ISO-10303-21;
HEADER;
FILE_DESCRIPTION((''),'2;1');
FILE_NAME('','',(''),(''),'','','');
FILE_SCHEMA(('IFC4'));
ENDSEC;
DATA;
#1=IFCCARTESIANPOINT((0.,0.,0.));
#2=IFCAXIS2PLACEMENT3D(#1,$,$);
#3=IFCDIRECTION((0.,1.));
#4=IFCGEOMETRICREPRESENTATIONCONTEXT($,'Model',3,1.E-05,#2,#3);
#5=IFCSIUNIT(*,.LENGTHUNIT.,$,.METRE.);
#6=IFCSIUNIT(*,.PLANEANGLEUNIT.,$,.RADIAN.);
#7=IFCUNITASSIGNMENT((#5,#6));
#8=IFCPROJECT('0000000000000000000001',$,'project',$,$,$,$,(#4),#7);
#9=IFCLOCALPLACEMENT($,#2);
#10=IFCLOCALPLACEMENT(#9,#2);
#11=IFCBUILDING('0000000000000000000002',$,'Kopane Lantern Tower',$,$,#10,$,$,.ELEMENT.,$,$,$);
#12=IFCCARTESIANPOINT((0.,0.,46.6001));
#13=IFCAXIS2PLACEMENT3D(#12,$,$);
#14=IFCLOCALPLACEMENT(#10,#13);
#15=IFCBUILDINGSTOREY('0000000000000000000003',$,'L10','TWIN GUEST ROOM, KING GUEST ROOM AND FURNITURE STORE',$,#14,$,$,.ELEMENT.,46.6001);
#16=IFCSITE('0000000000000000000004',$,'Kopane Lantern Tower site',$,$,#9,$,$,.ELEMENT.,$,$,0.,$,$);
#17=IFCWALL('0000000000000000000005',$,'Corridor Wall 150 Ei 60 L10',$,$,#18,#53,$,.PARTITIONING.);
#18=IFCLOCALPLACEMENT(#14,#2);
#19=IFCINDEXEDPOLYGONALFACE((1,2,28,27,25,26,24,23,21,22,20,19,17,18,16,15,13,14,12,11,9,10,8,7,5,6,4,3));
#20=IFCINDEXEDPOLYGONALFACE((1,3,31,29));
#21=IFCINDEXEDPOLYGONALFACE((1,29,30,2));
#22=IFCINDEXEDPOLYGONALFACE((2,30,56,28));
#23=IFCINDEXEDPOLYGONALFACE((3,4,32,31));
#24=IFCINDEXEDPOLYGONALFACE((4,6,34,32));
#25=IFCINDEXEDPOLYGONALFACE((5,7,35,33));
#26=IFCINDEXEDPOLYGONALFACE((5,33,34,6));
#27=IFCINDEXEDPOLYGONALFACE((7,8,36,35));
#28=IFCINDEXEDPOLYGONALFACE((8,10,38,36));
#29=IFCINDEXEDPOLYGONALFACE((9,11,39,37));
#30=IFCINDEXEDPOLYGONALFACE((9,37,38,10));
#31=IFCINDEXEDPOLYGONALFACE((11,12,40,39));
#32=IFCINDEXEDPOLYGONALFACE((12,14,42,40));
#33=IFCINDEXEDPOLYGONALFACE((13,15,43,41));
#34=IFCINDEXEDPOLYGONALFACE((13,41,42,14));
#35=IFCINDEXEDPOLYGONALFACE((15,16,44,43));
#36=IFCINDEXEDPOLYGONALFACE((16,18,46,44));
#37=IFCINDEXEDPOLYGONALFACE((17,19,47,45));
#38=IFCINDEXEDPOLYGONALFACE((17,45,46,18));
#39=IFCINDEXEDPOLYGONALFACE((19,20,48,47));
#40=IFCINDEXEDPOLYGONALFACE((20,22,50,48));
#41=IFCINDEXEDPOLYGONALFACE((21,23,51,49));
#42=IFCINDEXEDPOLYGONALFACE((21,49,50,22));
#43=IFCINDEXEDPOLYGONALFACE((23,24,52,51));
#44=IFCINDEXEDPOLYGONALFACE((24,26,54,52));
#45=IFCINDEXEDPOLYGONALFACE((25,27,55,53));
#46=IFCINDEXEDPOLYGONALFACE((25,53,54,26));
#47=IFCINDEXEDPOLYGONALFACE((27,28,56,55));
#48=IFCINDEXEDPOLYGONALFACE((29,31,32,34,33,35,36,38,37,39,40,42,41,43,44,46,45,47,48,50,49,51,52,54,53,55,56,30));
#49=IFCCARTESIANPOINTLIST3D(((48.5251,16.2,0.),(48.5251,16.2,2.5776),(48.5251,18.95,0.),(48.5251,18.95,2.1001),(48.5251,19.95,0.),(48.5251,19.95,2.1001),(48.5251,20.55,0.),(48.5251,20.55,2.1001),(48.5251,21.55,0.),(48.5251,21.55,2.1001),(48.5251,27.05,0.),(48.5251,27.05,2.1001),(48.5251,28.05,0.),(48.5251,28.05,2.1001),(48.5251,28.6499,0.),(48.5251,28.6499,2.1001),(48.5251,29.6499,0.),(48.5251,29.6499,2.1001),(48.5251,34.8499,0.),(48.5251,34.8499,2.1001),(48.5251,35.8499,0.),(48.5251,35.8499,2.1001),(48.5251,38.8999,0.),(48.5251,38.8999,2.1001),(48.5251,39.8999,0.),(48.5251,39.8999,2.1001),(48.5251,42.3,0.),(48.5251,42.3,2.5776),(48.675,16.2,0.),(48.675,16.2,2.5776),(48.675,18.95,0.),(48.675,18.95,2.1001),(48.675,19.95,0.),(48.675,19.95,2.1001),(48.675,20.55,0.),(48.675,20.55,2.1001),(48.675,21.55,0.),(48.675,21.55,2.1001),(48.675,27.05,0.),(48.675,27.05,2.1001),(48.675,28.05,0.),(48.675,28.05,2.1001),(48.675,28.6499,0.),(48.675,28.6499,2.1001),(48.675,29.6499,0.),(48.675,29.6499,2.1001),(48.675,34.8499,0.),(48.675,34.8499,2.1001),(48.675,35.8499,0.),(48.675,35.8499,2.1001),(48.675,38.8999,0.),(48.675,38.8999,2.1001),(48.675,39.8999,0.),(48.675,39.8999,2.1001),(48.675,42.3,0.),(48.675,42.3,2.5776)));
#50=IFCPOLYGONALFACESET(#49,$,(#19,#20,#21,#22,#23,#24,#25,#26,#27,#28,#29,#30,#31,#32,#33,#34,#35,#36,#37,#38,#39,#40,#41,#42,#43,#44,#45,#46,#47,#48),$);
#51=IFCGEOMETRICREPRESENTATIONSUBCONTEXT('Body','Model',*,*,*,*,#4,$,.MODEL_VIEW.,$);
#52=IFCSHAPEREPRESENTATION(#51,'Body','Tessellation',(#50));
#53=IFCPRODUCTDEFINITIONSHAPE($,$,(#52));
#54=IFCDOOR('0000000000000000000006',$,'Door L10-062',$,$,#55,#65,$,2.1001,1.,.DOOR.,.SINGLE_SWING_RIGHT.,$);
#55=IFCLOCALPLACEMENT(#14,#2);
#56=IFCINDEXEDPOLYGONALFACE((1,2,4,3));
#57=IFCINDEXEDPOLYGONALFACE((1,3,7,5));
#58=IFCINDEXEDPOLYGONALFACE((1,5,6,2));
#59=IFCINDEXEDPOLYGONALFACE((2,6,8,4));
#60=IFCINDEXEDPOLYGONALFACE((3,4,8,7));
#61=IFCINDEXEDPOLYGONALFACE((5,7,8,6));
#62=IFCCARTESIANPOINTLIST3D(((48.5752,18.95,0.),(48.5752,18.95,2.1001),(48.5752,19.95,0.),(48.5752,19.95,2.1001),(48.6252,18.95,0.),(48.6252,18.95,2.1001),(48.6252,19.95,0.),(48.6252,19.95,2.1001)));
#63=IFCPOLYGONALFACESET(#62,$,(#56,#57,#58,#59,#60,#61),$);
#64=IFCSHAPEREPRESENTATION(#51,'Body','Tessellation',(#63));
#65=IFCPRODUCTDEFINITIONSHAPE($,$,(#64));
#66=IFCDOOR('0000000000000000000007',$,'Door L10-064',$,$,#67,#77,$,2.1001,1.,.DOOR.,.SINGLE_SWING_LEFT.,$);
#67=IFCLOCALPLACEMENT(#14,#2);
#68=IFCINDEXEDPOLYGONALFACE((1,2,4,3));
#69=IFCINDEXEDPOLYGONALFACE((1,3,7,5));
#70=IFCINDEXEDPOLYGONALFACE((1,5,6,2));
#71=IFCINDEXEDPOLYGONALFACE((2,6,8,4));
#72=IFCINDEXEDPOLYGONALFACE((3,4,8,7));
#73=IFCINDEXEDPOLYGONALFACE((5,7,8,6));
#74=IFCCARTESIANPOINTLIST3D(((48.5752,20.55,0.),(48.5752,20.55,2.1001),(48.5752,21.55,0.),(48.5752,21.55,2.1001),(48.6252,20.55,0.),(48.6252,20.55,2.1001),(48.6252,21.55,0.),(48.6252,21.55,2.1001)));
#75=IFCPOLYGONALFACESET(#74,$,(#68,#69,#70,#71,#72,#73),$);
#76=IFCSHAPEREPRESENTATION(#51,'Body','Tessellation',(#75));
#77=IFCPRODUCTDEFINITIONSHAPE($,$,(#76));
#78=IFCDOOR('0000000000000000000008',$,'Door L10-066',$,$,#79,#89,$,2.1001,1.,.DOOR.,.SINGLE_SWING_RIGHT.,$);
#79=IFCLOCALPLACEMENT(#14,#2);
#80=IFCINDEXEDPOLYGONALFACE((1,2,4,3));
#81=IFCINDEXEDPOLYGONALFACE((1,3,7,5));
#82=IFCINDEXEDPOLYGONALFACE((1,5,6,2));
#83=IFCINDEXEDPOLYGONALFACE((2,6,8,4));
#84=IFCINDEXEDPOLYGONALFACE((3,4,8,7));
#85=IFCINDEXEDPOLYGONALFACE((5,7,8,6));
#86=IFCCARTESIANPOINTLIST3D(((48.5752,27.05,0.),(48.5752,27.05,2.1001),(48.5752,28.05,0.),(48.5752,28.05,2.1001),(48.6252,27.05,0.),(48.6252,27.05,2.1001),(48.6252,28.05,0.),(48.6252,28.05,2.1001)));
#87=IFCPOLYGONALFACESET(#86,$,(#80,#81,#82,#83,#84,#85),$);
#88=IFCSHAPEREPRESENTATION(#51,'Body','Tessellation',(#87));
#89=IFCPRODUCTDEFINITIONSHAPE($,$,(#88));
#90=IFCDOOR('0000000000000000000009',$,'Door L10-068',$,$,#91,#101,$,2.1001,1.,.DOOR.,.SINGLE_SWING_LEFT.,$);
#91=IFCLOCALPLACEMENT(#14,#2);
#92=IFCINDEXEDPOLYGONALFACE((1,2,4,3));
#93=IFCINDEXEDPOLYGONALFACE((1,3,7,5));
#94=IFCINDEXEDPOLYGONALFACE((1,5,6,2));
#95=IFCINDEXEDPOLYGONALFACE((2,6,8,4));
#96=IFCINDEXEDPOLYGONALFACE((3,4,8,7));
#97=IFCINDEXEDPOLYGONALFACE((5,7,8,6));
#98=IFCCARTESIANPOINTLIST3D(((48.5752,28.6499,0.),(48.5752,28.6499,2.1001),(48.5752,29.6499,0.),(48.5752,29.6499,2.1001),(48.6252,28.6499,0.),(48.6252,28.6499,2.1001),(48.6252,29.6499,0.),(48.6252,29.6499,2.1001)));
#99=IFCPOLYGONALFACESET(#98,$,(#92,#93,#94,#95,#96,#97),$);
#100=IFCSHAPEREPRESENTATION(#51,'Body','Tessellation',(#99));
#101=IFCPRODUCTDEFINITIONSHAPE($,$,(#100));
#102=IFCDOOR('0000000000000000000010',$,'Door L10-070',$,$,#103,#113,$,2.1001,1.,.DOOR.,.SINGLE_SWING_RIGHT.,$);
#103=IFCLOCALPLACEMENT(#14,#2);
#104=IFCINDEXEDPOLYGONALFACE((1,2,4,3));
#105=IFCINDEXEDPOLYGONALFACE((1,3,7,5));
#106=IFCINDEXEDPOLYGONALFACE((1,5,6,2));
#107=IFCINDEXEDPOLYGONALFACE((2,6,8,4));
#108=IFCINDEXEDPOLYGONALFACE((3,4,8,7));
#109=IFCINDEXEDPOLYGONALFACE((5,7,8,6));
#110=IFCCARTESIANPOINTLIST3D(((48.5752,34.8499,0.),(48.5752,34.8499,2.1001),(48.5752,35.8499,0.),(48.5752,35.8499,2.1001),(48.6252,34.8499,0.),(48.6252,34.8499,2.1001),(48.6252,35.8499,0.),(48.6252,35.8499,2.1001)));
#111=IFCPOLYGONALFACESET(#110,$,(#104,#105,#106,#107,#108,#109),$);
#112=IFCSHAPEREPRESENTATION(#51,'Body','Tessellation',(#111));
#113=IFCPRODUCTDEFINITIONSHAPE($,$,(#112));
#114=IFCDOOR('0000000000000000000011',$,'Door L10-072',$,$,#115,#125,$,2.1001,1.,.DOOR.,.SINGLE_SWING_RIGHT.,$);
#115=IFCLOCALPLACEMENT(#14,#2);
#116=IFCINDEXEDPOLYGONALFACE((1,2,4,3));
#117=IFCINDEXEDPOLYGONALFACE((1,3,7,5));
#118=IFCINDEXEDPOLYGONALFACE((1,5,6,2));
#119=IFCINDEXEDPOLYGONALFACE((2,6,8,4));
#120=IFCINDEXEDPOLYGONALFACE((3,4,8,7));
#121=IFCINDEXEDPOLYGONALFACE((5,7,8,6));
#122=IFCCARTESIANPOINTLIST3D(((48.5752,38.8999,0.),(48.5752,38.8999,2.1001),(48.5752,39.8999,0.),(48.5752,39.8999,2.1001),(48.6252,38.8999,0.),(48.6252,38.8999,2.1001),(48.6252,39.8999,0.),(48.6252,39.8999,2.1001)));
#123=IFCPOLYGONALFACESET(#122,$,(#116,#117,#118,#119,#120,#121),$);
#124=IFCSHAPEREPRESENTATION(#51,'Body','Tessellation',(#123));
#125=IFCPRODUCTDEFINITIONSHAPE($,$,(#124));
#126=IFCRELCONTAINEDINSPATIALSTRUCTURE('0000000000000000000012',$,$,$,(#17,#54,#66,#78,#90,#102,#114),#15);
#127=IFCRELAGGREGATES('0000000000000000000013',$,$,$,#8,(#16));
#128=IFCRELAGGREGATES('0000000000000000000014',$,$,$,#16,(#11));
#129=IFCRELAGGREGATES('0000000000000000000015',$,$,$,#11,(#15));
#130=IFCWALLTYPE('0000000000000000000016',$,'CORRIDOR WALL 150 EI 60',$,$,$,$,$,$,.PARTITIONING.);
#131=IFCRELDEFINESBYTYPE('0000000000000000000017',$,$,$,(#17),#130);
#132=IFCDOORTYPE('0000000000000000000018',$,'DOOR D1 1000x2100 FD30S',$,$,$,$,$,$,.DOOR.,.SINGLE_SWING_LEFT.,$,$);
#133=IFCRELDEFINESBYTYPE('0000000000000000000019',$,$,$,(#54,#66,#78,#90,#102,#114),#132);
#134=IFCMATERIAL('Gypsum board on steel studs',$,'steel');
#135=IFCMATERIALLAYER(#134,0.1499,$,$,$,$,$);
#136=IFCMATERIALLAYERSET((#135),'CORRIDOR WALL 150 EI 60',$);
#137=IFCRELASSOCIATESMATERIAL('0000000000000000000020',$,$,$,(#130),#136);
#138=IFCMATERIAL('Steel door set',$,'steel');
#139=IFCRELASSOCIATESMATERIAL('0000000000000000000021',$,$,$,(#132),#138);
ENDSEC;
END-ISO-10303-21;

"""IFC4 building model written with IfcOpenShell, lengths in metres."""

from ifc_helpers import new_model, si_unit, direction, frame, frame_2d, origin, place, context, subcontext, project, spatial, rectangle, extrude, material, layer, layer_set, type_object, element, fill, save


model = new_model("IFC4")

# Units and contexts
model_context = context("Model", 3, precision=1e-05, world=origin(), true_north=direction((0.0, 1.0)))
body_context = subcontext(model_context, "Body", "Model", "MODEL_VIEW")
ifc_project = project(units=[si_unit("LENGTHUNIT", "METRE"), si_unit("PLANEANGLEUNIT", "RADIAN")], contexts=[model_context])

# Site, building, storey
site_placement = place(None, origin())
site = spatial("IfcSite", under=ifc_project, at=site_placement, Name="Kopane Lantern Tower site", CompositionType="ELEMENT", RefElevation=0.0)
building_placement = place(site_placement, origin())
building = spatial("IfcBuilding", under=site, at=building_placement, Name="Kopane Lantern Tower", CompositionType="ELEMENT")
storey_placement = place(building_placement, frame((0.0, 0.0, 46.6001)))
storey = spatial("IfcBuildingStorey", under=building, at=storey_placement, Name="L10", Description="TWIN GUEST ROOM, KING GUEST ROOM AND FURNITURE STORE", CompositionType="ELEMENT", Elevation=46.6001)

# Wall, openings, doors
ifc_material_1 = material(Name="Gypsum board on steel studs", Category="steel")
ifc_layer_1 = layer(ifc_material_1, 0.1499)
ifc_layer_set_1 = layer_set([ifc_layer_1], Name="CORRIDOR WALL 150 EI 60")
wall_type_1 = type_object("IfcWallType", Name="CORRIDOR WALL 150 EI 60", PredefinedType="PARTITIONING", material=ifc_layer_set_1)
wall_1_placement = place(storey_placement, frame((48.6001, 16.2, 0.0), z_axis=(0.0, 0.0, 1.0), x_axis=(0.0, 1.0, 0.0)))
wall_1 = element("IfcWall", 1, at=wall_1_placement, inside=storey, type_object=wall_type_1, Name="Corridor Wall 150 Ei 60 L10", PredefinedType="PARTITIONING", context=body_context, shape_type="SweptSolid", body=[
    extrude(rectangle(XDim=26.1001, YDim=0.1499, at=frame_2d((13.05, 0.0))), origin(), (0.0, 0.0, 1.0), 2.5776),
])
opening_1_placement = place(wall_1_placement, frame((2.75, 0.0, 0.0)))
opening_1 = element("IfcOpeningElement", 2, at=opening_1_placement, cuts=wall_1, PredefinedType="OPENING", context=body_context, shape_type="SweptSolid", body=[
    extrude(rectangle(XDim=1.0, YDim=2.1001, at=frame_2d((0.5, 1.05))), frame((0.0, 0.085, 0.0), z_axis=(0.0, -1.0, 0.0), x_axis=(1.0, 0.0, 0.0)), (0.0, 0.0, 1.0), 0.1699),
])
opening_2_placement = place(wall_1_placement, frame((4.3501, 0.0, 0.0)))
opening_2 = element("IfcOpeningElement", 3, at=opening_2_placement, cuts=wall_1, PredefinedType="OPENING", context=body_context, shape_type="SweptSolid", body=[
    extrude(rectangle(XDim=1.0, YDim=2.1001, at=frame_2d((0.5, 1.05))), frame((0.0, 0.085, 0.0), z_axis=(0.0, -1.0, 0.0), x_axis=(1.0, 0.0, 0.0)), (0.0, 0.0, 1.0), 0.1699),
])
opening_3_placement = place(wall_1_placement, frame((10.8501, 0.0, 0.0)))
opening_3 = element("IfcOpeningElement", 4, at=opening_3_placement, cuts=wall_1, PredefinedType="OPENING", context=body_context, shape_type="SweptSolid", body=[
    extrude(rectangle(XDim=1.0, YDim=2.1001, at=frame_2d((0.5, 1.05))), frame((0.0, 0.085, 0.0), z_axis=(0.0, -1.0, 0.0), x_axis=(1.0, 0.0, 0.0)), (0.0, 0.0, 1.0), 0.1699),
])
opening_4_placement = place(wall_1_placement, frame((12.45, 0.0, 0.0)))
opening_4 = element("IfcOpeningElement", 5, at=opening_4_placement, cuts=wall_1, PredefinedType="OPENING", context=body_context, shape_type="SweptSolid", body=[
    extrude(rectangle(XDim=1.0, YDim=2.1001, at=frame_2d((0.5, 1.05))), frame((0.0, 0.085, 0.0), z_axis=(0.0, -1.0, 0.0), x_axis=(1.0, 0.0, 0.0)), (0.0, 0.0, 1.0), 0.1699),
])
opening_5_placement = place(wall_1_placement, frame((18.6499, 0.0, 0.0)))
opening_5 = element("IfcOpeningElement", 6, at=opening_5_placement, cuts=wall_1, PredefinedType="OPENING", context=body_context, shape_type="SweptSolid", body=[
    extrude(rectangle(XDim=1.0, YDim=2.1001, at=frame_2d((0.5, 1.05))), frame((0.0, 0.085, 0.0), z_axis=(0.0, -1.0, 0.0), x_axis=(1.0, 0.0, 0.0)), (0.0, 0.0, 1.0), 0.1699),
])
opening_6_placement = place(wall_1_placement, frame((22.7, 0.0, 0.0)))
opening_6 = element("IfcOpeningElement", 7, at=opening_6_placement, cuts=wall_1, PredefinedType="OPENING", context=body_context, shape_type="SweptSolid", body=[
    extrude(rectangle(XDim=1.0, YDim=2.1001, at=frame_2d((0.5, 1.05))), frame((0.0, 0.085, 0.0), z_axis=(0.0, -1.0, 0.0), x_axis=(1.0, 0.0, 0.0)), (0.0, 0.0, 1.0), 0.1699),
])
ifc_material_2 = material(Name="Steel door set", Category="steel")
door_type_1 = type_object("IfcDoorType", Name="DOOR D1 1000x2100 FD30S", OperationType="SINGLE_SWING_LEFT", PredefinedType="DOOR", material=ifc_material_2)
door_1_placement = place(opening_1_placement, origin())
door_1 = element("IfcDoor", 8, at=door_1_placement, inside=storey, type_object=door_type_1, Name="Door L10-062", OperationType="SINGLE_SWING_RIGHT", OverallHeight=2.1001, OverallWidth=1.0, PredefinedType="DOOR", context=body_context, shape_type="SweptSolid", body=[
    extrude(rectangle(XDim=1.0, YDim=2.1001, at=frame_2d((0.5, 1.05))), frame((0.0, 0.0249, 0.0), z_axis=(0.0, -1.0, 0.0), x_axis=(1.0, 0.0, 0.0)), (0.0, 0.0, 1.0), 0.05),
])
fill(opening_1, door_1)
door_2_placement = place(opening_2_placement, origin())
door_2 = element("IfcDoor", 9, at=door_2_placement, inside=storey, type_object=door_type_1, Name="Door L10-064", OperationType="SINGLE_SWING_LEFT", OverallHeight=2.1001, OverallWidth=1.0, PredefinedType="DOOR", context=body_context, shape_type="SweptSolid", body=[
    extrude(rectangle(XDim=1.0, YDim=2.1001, at=frame_2d((0.5, 1.05))), frame((0.0, 0.0249, 0.0), z_axis=(0.0, -1.0, 0.0), x_axis=(1.0, 0.0, 0.0)), (0.0, 0.0, 1.0), 0.05),
])
fill(opening_2, door_2)
door_3_placement = place(opening_3_placement, origin())
door_3 = element("IfcDoor", 10, at=door_3_placement, inside=storey, type_object=door_type_1, Name="Door L10-066", OperationType="SINGLE_SWING_RIGHT", OverallHeight=2.1001, OverallWidth=1.0, PredefinedType="DOOR", context=body_context, shape_type="SweptSolid", body=[
    extrude(rectangle(XDim=1.0, YDim=2.1001, at=frame_2d((0.5, 1.05))), frame((0.0, 0.0249, 0.0), z_axis=(0.0, -1.0, 0.0), x_axis=(1.0, 0.0, 0.0)), (0.0, 0.0, 1.0), 0.05),
])
fill(opening_3, door_3)
door_4_placement = place(opening_4_placement, origin())
door_4 = element("IfcDoor", 11, at=door_4_placement, inside=storey, type_object=door_type_1, Name="Door L10-068", OperationType="SINGLE_SWING_LEFT", OverallHeight=2.1001, OverallWidth=1.0, PredefinedType="DOOR", context=body_context, shape_type="SweptSolid", body=[
    extrude(rectangle(XDim=1.0, YDim=2.1001, at=frame_2d((0.5, 1.05))), frame((0.0, 0.0249, 0.0), z_axis=(0.0, -1.0, 0.0), x_axis=(1.0, 0.0, 0.0)), (0.0, 0.0, 1.0), 0.05),
])
fill(opening_4, door_4)
door_5_placement = place(opening_5_placement, origin())
door_5 = element("IfcDoor", 12, at=door_5_placement, inside=storey, type_object=door_type_1, Name="Door L10-070", OperationType="SINGLE_SWING_RIGHT", OverallHeight=2.1001, OverallWidth=1.0, PredefinedType="DOOR", context=body_context, shape_type="SweptSolid", body=[
    extrude(rectangle(XDim=1.0, YDim=2.1001, at=frame_2d((0.5, 1.05))), frame((0.0, 0.0249, 0.0), z_axis=(0.0, -1.0, 0.0), x_axis=(1.0, 0.0, 0.0)), (0.0, 0.0, 1.0), 0.05),
])
fill(opening_5, door_5)
door_6_placement = place(opening_6_placement, origin())
door_6 = element("IfcDoor", 13, at=door_6_placement, inside=storey, type_object=door_type_1, Name="Door L10-072", OperationType="SINGLE_SWING_RIGHT", OverallHeight=2.1001, OverallWidth=1.0, PredefinedType="DOOR", context=body_context, shape_type="SweptSolid", body=[
    extrude(rectangle(XDim=1.0, YDim=2.1001, at=frame_2d((0.5, 1.05))), frame((0.0, 0.0249, 0.0), z_axis=(0.0, -1.0, 0.0), x_axis=(1.0, 0.0, 0.0)), (0.0, 0.0, 1.0), 0.05),
])
fill(opening_6, door_6)

save(model, "model.ifc")
